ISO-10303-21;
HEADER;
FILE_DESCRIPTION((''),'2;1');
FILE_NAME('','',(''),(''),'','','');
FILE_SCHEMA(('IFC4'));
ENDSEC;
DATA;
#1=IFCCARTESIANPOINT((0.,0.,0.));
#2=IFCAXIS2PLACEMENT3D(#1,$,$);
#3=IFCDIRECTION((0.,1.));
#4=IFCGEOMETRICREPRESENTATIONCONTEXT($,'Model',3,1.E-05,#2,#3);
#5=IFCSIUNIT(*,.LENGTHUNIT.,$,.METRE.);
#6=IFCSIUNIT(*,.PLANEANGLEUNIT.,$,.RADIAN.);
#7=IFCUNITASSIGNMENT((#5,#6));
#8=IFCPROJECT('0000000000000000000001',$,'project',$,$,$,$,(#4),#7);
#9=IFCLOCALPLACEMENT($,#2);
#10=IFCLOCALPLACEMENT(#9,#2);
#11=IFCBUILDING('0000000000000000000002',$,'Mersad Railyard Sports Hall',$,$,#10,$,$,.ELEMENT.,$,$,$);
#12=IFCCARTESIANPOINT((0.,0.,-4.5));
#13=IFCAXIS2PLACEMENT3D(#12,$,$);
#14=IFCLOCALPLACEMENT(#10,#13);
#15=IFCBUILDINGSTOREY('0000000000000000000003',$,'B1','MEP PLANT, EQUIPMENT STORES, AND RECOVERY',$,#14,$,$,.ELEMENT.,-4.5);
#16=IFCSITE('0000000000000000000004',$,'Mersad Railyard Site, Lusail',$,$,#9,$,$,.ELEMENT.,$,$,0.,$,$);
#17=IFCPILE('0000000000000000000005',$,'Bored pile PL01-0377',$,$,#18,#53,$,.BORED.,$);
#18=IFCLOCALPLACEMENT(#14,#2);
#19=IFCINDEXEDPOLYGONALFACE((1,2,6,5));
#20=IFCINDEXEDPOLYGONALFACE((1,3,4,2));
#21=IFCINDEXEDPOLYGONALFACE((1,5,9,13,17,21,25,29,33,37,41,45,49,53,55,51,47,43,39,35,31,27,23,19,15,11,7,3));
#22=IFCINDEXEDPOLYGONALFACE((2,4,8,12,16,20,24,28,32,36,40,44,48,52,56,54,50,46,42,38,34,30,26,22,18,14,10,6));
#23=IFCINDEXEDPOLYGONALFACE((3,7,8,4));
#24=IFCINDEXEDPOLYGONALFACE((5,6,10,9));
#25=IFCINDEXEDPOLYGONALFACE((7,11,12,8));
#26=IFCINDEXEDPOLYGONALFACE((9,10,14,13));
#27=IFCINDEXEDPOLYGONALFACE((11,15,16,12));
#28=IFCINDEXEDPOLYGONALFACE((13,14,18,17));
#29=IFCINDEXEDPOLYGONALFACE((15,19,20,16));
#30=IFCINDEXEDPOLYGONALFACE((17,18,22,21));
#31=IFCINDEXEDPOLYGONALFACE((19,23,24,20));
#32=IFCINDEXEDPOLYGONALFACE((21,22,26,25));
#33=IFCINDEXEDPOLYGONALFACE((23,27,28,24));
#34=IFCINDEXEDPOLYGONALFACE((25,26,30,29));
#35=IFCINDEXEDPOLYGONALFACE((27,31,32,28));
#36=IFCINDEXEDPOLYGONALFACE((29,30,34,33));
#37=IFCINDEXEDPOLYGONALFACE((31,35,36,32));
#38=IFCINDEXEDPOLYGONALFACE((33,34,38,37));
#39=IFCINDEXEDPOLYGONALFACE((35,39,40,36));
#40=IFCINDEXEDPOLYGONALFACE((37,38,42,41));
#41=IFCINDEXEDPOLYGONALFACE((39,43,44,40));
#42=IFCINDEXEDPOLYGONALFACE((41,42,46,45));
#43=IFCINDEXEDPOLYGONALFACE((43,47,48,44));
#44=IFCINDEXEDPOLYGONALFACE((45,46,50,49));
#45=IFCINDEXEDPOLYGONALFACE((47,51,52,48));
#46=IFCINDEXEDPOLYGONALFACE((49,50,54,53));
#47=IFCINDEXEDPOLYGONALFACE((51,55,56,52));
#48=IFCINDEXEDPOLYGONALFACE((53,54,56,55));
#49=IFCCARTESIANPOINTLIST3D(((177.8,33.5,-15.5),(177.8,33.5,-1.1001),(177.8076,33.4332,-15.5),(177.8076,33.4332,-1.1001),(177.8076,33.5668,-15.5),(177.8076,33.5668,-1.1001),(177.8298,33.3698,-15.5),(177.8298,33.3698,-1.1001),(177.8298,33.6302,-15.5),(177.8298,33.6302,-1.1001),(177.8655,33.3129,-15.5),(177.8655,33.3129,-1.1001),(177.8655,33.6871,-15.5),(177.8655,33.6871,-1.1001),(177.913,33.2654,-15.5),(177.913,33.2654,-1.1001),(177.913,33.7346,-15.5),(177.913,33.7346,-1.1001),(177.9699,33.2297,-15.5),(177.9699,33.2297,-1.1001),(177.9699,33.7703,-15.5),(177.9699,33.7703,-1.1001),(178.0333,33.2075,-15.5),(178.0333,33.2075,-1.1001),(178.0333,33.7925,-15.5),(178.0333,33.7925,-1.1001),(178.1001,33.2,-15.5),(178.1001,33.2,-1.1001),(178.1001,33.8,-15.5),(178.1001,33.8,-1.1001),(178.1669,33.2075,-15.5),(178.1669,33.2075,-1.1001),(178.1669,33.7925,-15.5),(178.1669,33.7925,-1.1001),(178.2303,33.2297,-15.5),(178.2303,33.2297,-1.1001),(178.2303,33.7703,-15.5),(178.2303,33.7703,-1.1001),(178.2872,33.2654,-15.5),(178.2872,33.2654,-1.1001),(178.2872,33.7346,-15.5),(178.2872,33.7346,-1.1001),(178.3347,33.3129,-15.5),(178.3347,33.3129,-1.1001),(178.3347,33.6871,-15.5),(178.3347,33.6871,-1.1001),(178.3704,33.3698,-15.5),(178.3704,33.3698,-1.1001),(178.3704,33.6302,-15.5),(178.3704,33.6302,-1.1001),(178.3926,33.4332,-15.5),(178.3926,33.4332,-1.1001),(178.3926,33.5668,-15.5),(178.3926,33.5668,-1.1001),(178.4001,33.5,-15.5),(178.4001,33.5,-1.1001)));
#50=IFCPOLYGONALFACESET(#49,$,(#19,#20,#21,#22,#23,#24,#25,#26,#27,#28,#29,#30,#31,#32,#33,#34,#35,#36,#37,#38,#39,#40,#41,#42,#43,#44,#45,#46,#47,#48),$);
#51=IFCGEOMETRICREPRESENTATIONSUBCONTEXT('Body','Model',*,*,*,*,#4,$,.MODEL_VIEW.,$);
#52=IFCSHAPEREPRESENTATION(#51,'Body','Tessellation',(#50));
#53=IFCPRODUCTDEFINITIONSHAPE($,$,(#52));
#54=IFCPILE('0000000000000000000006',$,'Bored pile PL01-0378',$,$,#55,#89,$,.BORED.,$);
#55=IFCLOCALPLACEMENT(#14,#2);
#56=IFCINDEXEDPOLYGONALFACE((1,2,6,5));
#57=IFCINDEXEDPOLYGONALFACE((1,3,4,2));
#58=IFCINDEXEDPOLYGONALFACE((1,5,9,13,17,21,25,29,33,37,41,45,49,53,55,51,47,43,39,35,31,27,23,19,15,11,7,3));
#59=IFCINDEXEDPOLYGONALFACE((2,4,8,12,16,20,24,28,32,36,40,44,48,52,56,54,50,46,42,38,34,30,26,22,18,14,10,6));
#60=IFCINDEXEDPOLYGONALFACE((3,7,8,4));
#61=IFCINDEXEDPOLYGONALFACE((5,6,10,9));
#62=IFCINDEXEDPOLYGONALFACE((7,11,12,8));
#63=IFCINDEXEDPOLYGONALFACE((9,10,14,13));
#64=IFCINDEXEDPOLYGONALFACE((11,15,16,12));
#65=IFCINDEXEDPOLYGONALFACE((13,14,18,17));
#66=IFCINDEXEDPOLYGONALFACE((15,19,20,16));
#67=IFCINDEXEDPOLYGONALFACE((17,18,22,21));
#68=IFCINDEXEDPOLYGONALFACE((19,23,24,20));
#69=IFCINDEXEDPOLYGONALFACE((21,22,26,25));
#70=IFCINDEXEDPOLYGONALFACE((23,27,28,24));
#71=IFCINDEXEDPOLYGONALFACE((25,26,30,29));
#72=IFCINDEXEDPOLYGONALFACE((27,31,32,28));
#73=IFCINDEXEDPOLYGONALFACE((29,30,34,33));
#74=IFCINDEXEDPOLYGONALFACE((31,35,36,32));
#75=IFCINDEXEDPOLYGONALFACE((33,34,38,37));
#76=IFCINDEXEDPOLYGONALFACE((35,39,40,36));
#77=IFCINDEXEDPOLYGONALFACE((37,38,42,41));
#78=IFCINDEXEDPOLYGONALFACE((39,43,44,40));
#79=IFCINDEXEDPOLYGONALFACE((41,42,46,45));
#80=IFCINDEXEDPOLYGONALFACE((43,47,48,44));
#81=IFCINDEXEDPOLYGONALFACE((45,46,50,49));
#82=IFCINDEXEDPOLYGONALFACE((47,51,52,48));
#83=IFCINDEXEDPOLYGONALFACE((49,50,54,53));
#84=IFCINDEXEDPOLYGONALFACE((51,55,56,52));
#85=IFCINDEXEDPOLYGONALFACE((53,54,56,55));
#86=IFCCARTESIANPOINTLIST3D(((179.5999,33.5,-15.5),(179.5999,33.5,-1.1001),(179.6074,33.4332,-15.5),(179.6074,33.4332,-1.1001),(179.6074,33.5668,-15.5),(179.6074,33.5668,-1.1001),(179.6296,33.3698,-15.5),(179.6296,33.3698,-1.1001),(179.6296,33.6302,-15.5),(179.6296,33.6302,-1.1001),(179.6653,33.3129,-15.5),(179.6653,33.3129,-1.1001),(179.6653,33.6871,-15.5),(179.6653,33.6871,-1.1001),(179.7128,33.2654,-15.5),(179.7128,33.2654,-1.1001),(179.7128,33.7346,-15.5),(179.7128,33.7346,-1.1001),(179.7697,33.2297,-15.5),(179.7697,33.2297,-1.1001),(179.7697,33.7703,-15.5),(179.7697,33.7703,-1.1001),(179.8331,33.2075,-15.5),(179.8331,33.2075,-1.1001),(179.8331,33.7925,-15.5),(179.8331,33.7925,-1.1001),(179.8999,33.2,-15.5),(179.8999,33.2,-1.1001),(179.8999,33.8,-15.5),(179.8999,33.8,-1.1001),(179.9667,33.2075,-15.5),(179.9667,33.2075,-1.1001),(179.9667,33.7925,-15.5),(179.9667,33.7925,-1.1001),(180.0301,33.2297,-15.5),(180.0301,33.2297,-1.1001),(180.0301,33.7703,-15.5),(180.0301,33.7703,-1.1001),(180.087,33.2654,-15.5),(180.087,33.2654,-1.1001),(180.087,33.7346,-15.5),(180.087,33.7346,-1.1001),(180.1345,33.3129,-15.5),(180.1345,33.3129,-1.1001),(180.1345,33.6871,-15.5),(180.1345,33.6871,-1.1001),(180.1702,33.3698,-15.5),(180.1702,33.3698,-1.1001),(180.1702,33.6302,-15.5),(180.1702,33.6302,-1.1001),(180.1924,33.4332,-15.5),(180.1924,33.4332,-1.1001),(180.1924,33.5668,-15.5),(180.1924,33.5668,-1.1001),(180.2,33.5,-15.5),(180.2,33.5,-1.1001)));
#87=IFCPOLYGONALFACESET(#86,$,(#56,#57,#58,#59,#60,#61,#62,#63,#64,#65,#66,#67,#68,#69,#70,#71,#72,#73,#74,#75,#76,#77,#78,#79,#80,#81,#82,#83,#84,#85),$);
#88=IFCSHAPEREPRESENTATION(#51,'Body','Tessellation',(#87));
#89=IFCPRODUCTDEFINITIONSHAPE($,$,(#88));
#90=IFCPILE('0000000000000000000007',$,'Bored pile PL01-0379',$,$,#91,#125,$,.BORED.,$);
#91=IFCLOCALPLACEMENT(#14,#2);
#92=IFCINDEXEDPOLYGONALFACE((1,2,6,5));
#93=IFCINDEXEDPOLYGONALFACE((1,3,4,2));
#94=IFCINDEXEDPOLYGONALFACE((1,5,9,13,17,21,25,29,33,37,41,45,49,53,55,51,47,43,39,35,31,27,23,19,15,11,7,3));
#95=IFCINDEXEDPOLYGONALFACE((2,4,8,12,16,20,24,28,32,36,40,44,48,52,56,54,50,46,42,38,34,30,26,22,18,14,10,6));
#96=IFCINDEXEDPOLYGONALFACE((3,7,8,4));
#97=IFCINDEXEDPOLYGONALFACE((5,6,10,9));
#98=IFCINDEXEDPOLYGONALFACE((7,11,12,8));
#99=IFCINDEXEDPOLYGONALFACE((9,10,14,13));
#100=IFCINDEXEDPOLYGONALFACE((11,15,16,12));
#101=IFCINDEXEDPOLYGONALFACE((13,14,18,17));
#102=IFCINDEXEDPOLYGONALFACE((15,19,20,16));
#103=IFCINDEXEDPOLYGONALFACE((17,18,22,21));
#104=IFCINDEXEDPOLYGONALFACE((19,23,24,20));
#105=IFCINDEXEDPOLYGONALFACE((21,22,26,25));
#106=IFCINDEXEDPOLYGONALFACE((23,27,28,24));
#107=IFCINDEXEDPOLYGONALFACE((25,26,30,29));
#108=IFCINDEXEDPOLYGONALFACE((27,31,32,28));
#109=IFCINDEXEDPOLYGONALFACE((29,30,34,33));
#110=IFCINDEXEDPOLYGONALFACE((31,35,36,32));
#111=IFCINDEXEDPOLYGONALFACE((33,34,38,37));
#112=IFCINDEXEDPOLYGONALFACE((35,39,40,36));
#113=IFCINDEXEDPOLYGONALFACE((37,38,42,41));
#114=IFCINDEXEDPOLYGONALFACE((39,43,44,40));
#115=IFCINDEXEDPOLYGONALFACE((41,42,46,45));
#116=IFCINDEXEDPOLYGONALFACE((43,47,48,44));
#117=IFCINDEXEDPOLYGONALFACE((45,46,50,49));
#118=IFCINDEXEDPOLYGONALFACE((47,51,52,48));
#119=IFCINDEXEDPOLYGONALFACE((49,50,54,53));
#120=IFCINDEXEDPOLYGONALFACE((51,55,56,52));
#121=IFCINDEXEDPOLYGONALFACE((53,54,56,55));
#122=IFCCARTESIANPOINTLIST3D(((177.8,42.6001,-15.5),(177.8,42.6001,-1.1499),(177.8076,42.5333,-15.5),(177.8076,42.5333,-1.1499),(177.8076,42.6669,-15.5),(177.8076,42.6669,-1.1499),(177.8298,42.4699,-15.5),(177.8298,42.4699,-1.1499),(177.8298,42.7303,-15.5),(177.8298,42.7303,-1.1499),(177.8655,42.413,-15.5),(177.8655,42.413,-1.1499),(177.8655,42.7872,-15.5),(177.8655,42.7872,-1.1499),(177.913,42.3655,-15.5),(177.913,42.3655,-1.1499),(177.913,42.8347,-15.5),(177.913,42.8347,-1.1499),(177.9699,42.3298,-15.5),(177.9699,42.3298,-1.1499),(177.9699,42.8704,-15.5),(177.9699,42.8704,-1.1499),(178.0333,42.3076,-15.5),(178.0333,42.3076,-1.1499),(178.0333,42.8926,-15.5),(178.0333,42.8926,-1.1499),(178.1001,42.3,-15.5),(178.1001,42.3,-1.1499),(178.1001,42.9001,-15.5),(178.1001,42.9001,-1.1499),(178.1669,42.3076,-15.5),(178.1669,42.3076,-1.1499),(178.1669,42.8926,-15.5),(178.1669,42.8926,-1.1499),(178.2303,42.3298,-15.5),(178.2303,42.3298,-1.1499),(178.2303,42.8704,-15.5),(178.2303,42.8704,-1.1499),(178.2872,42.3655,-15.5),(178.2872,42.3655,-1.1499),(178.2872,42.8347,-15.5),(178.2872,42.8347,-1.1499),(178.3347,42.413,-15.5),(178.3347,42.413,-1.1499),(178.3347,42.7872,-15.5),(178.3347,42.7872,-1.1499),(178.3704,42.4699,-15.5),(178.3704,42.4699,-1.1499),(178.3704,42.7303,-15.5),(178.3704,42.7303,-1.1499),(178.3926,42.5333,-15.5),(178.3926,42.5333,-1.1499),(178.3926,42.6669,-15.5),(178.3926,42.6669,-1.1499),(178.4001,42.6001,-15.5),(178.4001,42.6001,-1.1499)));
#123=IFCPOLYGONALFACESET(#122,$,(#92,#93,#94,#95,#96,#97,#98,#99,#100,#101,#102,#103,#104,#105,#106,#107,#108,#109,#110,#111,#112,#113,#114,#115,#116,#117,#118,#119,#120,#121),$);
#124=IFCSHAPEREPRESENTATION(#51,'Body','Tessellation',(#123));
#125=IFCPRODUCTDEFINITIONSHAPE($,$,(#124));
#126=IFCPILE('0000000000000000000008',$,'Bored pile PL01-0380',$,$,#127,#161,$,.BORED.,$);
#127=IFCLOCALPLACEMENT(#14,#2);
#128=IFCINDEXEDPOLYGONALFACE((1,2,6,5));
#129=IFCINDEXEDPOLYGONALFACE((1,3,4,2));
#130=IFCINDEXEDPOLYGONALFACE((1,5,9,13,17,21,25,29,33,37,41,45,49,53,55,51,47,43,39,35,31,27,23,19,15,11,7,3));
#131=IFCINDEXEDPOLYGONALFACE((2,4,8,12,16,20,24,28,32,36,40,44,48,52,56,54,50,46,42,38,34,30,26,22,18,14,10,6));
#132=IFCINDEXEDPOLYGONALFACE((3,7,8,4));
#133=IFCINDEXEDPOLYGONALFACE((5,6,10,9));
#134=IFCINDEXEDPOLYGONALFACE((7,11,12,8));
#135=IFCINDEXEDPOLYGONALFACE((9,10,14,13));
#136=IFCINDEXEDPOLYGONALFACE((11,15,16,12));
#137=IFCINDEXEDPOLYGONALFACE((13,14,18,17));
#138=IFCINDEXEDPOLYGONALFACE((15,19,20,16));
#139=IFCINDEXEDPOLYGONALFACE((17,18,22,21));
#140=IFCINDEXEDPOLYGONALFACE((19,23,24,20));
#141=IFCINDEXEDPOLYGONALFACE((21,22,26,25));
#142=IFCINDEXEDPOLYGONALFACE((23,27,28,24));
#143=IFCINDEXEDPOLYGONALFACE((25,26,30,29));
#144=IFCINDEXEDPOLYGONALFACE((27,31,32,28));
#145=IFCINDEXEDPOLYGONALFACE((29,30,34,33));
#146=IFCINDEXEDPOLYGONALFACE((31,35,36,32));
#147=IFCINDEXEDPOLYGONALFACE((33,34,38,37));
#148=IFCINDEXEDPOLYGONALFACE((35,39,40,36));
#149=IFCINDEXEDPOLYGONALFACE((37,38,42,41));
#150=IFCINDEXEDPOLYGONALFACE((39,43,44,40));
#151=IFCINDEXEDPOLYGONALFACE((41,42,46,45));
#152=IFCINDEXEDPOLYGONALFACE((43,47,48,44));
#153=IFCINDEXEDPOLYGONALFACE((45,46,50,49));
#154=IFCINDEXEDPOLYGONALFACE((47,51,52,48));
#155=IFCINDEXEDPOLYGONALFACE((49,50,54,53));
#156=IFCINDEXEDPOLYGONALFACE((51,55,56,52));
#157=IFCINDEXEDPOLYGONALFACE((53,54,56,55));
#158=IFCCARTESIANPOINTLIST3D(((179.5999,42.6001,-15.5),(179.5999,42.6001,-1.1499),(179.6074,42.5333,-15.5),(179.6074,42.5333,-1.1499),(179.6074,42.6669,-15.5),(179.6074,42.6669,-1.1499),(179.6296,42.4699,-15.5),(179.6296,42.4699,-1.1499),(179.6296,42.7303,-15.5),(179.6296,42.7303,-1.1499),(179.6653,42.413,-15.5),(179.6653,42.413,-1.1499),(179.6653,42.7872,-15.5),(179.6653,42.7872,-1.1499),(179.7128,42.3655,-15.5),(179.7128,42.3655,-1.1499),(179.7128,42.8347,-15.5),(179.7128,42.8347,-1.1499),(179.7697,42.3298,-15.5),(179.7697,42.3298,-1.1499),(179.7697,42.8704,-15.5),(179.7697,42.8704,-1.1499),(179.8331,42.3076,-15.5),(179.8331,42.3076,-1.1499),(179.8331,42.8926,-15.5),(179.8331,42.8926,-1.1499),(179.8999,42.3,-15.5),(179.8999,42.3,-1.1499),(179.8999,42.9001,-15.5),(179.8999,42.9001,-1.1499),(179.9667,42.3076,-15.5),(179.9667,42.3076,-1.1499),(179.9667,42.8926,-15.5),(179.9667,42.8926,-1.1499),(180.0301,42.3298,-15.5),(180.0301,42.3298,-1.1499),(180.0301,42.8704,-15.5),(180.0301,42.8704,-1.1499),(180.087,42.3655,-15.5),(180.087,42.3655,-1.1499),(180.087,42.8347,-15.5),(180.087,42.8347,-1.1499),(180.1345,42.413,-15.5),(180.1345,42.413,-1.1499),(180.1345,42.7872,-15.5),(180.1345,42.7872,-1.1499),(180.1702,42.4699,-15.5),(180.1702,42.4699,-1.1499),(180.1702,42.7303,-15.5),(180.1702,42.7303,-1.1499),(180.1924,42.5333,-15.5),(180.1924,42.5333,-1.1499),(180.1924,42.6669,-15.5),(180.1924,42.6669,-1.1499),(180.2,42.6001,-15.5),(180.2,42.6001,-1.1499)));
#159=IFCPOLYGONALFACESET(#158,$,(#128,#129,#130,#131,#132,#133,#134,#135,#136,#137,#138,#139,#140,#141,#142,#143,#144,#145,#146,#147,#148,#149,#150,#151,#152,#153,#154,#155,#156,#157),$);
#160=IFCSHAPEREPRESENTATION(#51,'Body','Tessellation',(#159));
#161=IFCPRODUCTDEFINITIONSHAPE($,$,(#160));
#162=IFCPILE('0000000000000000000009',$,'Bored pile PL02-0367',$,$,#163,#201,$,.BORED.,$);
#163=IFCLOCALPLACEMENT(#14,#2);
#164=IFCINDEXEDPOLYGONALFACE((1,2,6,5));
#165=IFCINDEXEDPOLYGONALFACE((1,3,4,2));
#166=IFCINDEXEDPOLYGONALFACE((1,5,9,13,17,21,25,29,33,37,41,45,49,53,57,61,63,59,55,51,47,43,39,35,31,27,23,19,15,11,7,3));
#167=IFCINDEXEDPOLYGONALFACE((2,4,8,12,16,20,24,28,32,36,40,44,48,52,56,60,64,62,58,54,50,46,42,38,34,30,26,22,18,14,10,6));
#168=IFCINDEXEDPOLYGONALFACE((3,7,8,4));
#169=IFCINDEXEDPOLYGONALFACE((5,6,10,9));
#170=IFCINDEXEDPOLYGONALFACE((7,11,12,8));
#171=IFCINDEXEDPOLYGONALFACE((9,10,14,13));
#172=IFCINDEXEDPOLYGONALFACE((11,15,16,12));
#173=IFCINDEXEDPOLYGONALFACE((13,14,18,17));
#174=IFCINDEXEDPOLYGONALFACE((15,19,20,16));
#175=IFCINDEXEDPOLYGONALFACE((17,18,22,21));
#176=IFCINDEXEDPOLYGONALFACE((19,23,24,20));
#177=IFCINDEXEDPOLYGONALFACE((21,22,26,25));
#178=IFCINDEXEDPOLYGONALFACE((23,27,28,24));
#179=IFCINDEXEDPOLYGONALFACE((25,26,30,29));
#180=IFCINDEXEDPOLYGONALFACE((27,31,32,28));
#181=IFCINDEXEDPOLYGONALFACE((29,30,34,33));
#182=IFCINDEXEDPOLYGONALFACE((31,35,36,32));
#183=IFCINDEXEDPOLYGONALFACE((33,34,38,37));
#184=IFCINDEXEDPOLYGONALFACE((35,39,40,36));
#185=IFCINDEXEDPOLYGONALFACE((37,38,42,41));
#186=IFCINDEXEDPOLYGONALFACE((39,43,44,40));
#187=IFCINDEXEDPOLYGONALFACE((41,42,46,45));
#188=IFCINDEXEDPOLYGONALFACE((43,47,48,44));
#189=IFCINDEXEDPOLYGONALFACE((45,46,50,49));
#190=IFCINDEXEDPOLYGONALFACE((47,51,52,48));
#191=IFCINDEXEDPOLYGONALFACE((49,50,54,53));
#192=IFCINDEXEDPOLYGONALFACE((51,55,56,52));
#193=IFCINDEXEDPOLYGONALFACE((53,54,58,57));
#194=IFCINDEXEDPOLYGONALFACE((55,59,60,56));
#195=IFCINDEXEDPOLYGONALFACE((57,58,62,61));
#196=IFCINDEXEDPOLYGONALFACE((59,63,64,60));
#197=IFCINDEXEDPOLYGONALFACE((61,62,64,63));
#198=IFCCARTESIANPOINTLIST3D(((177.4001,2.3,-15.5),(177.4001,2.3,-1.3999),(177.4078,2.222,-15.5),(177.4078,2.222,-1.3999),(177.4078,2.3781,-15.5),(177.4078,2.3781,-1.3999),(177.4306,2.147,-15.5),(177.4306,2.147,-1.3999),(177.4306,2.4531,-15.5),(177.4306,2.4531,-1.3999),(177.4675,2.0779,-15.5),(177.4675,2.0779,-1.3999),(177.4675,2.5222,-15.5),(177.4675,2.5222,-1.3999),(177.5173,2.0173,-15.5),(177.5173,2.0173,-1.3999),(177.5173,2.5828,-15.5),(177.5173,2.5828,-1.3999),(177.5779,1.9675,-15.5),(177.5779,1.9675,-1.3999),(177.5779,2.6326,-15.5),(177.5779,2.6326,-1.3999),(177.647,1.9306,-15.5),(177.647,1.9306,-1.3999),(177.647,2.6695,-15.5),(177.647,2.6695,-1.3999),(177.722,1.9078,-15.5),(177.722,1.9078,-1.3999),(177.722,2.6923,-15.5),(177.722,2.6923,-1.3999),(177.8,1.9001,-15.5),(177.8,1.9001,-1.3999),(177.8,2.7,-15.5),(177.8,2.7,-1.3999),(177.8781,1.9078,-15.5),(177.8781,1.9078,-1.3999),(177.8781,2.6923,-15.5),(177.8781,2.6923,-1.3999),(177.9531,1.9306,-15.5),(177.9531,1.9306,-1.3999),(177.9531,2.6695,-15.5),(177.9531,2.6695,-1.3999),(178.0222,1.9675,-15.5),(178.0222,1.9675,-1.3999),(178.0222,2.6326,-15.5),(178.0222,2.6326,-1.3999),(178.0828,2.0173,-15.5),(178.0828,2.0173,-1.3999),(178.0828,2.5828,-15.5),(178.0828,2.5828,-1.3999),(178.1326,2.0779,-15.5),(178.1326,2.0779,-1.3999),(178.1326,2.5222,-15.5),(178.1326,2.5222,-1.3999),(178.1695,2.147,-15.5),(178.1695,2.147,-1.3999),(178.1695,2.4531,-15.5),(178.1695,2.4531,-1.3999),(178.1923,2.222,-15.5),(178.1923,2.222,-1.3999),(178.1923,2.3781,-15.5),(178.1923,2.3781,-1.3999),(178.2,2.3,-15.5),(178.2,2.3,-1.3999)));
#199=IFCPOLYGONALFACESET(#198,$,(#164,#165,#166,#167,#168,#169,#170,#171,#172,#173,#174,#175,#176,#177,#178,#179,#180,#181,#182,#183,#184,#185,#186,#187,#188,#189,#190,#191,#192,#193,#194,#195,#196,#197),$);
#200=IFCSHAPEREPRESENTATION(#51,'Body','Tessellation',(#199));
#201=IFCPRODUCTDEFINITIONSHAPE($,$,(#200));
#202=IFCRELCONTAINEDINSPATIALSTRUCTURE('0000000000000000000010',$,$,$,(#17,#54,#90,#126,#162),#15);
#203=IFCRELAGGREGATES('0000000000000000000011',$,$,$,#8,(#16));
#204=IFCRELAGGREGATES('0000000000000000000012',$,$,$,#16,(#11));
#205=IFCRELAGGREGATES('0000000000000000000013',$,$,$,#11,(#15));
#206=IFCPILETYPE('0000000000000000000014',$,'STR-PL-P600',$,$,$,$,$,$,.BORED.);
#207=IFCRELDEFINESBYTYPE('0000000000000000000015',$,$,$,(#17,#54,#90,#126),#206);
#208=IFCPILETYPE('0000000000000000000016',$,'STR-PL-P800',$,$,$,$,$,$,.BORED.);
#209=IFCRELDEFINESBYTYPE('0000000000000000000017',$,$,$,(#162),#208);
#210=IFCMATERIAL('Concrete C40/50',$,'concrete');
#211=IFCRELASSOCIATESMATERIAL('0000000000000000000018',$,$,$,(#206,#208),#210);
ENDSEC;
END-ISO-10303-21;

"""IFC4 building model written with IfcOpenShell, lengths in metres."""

from ifc_helpers import new_model, si_unit, direction, frame, origin, origin_2d, place, context, subcontext, project, spatial, circle, extrude, material, material_profile, profile_set, type_object, element, save


model = new_model("IFC4")

# Units and contexts
model_context = context("Model", 3, precision=1e-05, world=origin(), true_north=direction((0.0, 1.0)))
body_context = subcontext(model_context, "Body", "Model", "MODEL_VIEW")
ifc_project = project(units=[si_unit("LENGTHUNIT", "METRE"), si_unit("PLANEANGLEUNIT", "RADIAN")], contexts=[model_context])

# Site, building, storey
site_placement = place(None, origin())
site = spatial("IfcSite", under=ifc_project, at=site_placement, Name="Mersad Railyard Site, Lusail", CompositionType="ELEMENT", RefElevation=0.0)
building_placement = place(site_placement, origin())
building = spatial("IfcBuilding", under=site, at=building_placement, Name="Mersad Railyard Sports Hall", CompositionType="ELEMENT")
storey_placement = place(building_placement, frame((0.0, 0.0, -4.5)))
storey = spatial("IfcBuildingStorey", under=building, at=storey_placement, Name="B1", Description="MEP PLANT, EQUIPMENT STORES, AND RECOVERY", CompositionType="ELEMENT", Elevation=-4.5)

# Shared definitions
ifc_material_1 = material(Name="Concrete C40/50", Category="concrete")

# Piles
ifc_material_profile_1 = material_profile(ifc_material_1, circle(Radius=0.3, at=origin_2d()), Name="BORED PILE D600")
ifc_profile_set_1 = profile_set([ifc_material_profile_1], Name="Concrete C40/50")
pile_type_1 = type_object("IfcPileType", Name="STR-PL-P600", PredefinedType="BORED", material=ifc_profile_set_1)
for number, where, z_axis, x_axis, name in (
    (1, (178.1001, 33.5, -1.1001), (0.0, 0.0, -1.0), (1.0, 0.0, 0.0), "Bored pile PL01-0377"),
    (2, (179.8999, 33.5, -1.1001), (0.0, 0.0, -1.0), (1.0, 0.0, 0.0), "Bored pile PL01-0378"),
):
    element("IfcPile", number, at=place(storey_placement, frame(where, z_axis=z_axis, x_axis=x_axis)), inside=storey, type_object=pile_type_1, Name=name, PredefinedType="BORED", context=body_context, shape_type="SweptSolid", body=[
        extrude(circle(Radius=0.3, at=origin_2d()), origin(), (0.0, 0.0, 1.0), 14.3999),
    ])
for number, where, z_axis, x_axis, name in (
    (3, (178.1001, 42.6001, -1.1499), (0.0, 0.0, -1.0), (1.0, 0.0, 0.0), "Bored pile PL01-0379"),
    (4, (179.8999, 42.6001, -1.1499), (0.0, 0.0, -1.0), (1.0, 0.0, 0.0), "Bored pile PL01-0380"),
):
    element("IfcPile", number, at=place(storey_placement, frame(where, z_axis=z_axis, x_axis=x_axis)), inside=storey, type_object=pile_type_1, Name=name, PredefinedType="BORED", context=body_context, shape_type="SweptSolid", body=[
        extrude(circle(Radius=0.3, at=origin_2d()), origin(), (0.0, 0.0, 1.0), 14.3501),
    ])
ifc_material_profile_2 = material_profile(ifc_material_1, circle(Radius=0.3999, at=origin_2d()), Name="BORED PILE D800")
ifc_profile_set_2 = profile_set([ifc_material_profile_2], Name="Concrete C40/50")
pile_type_2 = type_object("IfcPileType", Name="STR-PL-P800", PredefinedType="BORED", material=ifc_profile_set_2)
for number, where, z_axis, x_axis, name in (
    (5, (177.8, 2.3, -1.3999), (0.0, 0.0, -1.0), (1.0, 0.0, 0.0), "Bored pile PL02-0367"),
):
    element("IfcPile", number, at=place(storey_placement, frame(where, z_axis=z_axis, x_axis=x_axis)), inside=storey, type_object=pile_type_2, Name=name, PredefinedType="BORED", context=body_context, shape_type="SweptSolid", body=[
        extrude(circle(Radius=0.3999, at=origin_2d()), origin(), (0.0, 0.0, 1.0), 14.1001),
    ])

save(model, "model.ifc")
